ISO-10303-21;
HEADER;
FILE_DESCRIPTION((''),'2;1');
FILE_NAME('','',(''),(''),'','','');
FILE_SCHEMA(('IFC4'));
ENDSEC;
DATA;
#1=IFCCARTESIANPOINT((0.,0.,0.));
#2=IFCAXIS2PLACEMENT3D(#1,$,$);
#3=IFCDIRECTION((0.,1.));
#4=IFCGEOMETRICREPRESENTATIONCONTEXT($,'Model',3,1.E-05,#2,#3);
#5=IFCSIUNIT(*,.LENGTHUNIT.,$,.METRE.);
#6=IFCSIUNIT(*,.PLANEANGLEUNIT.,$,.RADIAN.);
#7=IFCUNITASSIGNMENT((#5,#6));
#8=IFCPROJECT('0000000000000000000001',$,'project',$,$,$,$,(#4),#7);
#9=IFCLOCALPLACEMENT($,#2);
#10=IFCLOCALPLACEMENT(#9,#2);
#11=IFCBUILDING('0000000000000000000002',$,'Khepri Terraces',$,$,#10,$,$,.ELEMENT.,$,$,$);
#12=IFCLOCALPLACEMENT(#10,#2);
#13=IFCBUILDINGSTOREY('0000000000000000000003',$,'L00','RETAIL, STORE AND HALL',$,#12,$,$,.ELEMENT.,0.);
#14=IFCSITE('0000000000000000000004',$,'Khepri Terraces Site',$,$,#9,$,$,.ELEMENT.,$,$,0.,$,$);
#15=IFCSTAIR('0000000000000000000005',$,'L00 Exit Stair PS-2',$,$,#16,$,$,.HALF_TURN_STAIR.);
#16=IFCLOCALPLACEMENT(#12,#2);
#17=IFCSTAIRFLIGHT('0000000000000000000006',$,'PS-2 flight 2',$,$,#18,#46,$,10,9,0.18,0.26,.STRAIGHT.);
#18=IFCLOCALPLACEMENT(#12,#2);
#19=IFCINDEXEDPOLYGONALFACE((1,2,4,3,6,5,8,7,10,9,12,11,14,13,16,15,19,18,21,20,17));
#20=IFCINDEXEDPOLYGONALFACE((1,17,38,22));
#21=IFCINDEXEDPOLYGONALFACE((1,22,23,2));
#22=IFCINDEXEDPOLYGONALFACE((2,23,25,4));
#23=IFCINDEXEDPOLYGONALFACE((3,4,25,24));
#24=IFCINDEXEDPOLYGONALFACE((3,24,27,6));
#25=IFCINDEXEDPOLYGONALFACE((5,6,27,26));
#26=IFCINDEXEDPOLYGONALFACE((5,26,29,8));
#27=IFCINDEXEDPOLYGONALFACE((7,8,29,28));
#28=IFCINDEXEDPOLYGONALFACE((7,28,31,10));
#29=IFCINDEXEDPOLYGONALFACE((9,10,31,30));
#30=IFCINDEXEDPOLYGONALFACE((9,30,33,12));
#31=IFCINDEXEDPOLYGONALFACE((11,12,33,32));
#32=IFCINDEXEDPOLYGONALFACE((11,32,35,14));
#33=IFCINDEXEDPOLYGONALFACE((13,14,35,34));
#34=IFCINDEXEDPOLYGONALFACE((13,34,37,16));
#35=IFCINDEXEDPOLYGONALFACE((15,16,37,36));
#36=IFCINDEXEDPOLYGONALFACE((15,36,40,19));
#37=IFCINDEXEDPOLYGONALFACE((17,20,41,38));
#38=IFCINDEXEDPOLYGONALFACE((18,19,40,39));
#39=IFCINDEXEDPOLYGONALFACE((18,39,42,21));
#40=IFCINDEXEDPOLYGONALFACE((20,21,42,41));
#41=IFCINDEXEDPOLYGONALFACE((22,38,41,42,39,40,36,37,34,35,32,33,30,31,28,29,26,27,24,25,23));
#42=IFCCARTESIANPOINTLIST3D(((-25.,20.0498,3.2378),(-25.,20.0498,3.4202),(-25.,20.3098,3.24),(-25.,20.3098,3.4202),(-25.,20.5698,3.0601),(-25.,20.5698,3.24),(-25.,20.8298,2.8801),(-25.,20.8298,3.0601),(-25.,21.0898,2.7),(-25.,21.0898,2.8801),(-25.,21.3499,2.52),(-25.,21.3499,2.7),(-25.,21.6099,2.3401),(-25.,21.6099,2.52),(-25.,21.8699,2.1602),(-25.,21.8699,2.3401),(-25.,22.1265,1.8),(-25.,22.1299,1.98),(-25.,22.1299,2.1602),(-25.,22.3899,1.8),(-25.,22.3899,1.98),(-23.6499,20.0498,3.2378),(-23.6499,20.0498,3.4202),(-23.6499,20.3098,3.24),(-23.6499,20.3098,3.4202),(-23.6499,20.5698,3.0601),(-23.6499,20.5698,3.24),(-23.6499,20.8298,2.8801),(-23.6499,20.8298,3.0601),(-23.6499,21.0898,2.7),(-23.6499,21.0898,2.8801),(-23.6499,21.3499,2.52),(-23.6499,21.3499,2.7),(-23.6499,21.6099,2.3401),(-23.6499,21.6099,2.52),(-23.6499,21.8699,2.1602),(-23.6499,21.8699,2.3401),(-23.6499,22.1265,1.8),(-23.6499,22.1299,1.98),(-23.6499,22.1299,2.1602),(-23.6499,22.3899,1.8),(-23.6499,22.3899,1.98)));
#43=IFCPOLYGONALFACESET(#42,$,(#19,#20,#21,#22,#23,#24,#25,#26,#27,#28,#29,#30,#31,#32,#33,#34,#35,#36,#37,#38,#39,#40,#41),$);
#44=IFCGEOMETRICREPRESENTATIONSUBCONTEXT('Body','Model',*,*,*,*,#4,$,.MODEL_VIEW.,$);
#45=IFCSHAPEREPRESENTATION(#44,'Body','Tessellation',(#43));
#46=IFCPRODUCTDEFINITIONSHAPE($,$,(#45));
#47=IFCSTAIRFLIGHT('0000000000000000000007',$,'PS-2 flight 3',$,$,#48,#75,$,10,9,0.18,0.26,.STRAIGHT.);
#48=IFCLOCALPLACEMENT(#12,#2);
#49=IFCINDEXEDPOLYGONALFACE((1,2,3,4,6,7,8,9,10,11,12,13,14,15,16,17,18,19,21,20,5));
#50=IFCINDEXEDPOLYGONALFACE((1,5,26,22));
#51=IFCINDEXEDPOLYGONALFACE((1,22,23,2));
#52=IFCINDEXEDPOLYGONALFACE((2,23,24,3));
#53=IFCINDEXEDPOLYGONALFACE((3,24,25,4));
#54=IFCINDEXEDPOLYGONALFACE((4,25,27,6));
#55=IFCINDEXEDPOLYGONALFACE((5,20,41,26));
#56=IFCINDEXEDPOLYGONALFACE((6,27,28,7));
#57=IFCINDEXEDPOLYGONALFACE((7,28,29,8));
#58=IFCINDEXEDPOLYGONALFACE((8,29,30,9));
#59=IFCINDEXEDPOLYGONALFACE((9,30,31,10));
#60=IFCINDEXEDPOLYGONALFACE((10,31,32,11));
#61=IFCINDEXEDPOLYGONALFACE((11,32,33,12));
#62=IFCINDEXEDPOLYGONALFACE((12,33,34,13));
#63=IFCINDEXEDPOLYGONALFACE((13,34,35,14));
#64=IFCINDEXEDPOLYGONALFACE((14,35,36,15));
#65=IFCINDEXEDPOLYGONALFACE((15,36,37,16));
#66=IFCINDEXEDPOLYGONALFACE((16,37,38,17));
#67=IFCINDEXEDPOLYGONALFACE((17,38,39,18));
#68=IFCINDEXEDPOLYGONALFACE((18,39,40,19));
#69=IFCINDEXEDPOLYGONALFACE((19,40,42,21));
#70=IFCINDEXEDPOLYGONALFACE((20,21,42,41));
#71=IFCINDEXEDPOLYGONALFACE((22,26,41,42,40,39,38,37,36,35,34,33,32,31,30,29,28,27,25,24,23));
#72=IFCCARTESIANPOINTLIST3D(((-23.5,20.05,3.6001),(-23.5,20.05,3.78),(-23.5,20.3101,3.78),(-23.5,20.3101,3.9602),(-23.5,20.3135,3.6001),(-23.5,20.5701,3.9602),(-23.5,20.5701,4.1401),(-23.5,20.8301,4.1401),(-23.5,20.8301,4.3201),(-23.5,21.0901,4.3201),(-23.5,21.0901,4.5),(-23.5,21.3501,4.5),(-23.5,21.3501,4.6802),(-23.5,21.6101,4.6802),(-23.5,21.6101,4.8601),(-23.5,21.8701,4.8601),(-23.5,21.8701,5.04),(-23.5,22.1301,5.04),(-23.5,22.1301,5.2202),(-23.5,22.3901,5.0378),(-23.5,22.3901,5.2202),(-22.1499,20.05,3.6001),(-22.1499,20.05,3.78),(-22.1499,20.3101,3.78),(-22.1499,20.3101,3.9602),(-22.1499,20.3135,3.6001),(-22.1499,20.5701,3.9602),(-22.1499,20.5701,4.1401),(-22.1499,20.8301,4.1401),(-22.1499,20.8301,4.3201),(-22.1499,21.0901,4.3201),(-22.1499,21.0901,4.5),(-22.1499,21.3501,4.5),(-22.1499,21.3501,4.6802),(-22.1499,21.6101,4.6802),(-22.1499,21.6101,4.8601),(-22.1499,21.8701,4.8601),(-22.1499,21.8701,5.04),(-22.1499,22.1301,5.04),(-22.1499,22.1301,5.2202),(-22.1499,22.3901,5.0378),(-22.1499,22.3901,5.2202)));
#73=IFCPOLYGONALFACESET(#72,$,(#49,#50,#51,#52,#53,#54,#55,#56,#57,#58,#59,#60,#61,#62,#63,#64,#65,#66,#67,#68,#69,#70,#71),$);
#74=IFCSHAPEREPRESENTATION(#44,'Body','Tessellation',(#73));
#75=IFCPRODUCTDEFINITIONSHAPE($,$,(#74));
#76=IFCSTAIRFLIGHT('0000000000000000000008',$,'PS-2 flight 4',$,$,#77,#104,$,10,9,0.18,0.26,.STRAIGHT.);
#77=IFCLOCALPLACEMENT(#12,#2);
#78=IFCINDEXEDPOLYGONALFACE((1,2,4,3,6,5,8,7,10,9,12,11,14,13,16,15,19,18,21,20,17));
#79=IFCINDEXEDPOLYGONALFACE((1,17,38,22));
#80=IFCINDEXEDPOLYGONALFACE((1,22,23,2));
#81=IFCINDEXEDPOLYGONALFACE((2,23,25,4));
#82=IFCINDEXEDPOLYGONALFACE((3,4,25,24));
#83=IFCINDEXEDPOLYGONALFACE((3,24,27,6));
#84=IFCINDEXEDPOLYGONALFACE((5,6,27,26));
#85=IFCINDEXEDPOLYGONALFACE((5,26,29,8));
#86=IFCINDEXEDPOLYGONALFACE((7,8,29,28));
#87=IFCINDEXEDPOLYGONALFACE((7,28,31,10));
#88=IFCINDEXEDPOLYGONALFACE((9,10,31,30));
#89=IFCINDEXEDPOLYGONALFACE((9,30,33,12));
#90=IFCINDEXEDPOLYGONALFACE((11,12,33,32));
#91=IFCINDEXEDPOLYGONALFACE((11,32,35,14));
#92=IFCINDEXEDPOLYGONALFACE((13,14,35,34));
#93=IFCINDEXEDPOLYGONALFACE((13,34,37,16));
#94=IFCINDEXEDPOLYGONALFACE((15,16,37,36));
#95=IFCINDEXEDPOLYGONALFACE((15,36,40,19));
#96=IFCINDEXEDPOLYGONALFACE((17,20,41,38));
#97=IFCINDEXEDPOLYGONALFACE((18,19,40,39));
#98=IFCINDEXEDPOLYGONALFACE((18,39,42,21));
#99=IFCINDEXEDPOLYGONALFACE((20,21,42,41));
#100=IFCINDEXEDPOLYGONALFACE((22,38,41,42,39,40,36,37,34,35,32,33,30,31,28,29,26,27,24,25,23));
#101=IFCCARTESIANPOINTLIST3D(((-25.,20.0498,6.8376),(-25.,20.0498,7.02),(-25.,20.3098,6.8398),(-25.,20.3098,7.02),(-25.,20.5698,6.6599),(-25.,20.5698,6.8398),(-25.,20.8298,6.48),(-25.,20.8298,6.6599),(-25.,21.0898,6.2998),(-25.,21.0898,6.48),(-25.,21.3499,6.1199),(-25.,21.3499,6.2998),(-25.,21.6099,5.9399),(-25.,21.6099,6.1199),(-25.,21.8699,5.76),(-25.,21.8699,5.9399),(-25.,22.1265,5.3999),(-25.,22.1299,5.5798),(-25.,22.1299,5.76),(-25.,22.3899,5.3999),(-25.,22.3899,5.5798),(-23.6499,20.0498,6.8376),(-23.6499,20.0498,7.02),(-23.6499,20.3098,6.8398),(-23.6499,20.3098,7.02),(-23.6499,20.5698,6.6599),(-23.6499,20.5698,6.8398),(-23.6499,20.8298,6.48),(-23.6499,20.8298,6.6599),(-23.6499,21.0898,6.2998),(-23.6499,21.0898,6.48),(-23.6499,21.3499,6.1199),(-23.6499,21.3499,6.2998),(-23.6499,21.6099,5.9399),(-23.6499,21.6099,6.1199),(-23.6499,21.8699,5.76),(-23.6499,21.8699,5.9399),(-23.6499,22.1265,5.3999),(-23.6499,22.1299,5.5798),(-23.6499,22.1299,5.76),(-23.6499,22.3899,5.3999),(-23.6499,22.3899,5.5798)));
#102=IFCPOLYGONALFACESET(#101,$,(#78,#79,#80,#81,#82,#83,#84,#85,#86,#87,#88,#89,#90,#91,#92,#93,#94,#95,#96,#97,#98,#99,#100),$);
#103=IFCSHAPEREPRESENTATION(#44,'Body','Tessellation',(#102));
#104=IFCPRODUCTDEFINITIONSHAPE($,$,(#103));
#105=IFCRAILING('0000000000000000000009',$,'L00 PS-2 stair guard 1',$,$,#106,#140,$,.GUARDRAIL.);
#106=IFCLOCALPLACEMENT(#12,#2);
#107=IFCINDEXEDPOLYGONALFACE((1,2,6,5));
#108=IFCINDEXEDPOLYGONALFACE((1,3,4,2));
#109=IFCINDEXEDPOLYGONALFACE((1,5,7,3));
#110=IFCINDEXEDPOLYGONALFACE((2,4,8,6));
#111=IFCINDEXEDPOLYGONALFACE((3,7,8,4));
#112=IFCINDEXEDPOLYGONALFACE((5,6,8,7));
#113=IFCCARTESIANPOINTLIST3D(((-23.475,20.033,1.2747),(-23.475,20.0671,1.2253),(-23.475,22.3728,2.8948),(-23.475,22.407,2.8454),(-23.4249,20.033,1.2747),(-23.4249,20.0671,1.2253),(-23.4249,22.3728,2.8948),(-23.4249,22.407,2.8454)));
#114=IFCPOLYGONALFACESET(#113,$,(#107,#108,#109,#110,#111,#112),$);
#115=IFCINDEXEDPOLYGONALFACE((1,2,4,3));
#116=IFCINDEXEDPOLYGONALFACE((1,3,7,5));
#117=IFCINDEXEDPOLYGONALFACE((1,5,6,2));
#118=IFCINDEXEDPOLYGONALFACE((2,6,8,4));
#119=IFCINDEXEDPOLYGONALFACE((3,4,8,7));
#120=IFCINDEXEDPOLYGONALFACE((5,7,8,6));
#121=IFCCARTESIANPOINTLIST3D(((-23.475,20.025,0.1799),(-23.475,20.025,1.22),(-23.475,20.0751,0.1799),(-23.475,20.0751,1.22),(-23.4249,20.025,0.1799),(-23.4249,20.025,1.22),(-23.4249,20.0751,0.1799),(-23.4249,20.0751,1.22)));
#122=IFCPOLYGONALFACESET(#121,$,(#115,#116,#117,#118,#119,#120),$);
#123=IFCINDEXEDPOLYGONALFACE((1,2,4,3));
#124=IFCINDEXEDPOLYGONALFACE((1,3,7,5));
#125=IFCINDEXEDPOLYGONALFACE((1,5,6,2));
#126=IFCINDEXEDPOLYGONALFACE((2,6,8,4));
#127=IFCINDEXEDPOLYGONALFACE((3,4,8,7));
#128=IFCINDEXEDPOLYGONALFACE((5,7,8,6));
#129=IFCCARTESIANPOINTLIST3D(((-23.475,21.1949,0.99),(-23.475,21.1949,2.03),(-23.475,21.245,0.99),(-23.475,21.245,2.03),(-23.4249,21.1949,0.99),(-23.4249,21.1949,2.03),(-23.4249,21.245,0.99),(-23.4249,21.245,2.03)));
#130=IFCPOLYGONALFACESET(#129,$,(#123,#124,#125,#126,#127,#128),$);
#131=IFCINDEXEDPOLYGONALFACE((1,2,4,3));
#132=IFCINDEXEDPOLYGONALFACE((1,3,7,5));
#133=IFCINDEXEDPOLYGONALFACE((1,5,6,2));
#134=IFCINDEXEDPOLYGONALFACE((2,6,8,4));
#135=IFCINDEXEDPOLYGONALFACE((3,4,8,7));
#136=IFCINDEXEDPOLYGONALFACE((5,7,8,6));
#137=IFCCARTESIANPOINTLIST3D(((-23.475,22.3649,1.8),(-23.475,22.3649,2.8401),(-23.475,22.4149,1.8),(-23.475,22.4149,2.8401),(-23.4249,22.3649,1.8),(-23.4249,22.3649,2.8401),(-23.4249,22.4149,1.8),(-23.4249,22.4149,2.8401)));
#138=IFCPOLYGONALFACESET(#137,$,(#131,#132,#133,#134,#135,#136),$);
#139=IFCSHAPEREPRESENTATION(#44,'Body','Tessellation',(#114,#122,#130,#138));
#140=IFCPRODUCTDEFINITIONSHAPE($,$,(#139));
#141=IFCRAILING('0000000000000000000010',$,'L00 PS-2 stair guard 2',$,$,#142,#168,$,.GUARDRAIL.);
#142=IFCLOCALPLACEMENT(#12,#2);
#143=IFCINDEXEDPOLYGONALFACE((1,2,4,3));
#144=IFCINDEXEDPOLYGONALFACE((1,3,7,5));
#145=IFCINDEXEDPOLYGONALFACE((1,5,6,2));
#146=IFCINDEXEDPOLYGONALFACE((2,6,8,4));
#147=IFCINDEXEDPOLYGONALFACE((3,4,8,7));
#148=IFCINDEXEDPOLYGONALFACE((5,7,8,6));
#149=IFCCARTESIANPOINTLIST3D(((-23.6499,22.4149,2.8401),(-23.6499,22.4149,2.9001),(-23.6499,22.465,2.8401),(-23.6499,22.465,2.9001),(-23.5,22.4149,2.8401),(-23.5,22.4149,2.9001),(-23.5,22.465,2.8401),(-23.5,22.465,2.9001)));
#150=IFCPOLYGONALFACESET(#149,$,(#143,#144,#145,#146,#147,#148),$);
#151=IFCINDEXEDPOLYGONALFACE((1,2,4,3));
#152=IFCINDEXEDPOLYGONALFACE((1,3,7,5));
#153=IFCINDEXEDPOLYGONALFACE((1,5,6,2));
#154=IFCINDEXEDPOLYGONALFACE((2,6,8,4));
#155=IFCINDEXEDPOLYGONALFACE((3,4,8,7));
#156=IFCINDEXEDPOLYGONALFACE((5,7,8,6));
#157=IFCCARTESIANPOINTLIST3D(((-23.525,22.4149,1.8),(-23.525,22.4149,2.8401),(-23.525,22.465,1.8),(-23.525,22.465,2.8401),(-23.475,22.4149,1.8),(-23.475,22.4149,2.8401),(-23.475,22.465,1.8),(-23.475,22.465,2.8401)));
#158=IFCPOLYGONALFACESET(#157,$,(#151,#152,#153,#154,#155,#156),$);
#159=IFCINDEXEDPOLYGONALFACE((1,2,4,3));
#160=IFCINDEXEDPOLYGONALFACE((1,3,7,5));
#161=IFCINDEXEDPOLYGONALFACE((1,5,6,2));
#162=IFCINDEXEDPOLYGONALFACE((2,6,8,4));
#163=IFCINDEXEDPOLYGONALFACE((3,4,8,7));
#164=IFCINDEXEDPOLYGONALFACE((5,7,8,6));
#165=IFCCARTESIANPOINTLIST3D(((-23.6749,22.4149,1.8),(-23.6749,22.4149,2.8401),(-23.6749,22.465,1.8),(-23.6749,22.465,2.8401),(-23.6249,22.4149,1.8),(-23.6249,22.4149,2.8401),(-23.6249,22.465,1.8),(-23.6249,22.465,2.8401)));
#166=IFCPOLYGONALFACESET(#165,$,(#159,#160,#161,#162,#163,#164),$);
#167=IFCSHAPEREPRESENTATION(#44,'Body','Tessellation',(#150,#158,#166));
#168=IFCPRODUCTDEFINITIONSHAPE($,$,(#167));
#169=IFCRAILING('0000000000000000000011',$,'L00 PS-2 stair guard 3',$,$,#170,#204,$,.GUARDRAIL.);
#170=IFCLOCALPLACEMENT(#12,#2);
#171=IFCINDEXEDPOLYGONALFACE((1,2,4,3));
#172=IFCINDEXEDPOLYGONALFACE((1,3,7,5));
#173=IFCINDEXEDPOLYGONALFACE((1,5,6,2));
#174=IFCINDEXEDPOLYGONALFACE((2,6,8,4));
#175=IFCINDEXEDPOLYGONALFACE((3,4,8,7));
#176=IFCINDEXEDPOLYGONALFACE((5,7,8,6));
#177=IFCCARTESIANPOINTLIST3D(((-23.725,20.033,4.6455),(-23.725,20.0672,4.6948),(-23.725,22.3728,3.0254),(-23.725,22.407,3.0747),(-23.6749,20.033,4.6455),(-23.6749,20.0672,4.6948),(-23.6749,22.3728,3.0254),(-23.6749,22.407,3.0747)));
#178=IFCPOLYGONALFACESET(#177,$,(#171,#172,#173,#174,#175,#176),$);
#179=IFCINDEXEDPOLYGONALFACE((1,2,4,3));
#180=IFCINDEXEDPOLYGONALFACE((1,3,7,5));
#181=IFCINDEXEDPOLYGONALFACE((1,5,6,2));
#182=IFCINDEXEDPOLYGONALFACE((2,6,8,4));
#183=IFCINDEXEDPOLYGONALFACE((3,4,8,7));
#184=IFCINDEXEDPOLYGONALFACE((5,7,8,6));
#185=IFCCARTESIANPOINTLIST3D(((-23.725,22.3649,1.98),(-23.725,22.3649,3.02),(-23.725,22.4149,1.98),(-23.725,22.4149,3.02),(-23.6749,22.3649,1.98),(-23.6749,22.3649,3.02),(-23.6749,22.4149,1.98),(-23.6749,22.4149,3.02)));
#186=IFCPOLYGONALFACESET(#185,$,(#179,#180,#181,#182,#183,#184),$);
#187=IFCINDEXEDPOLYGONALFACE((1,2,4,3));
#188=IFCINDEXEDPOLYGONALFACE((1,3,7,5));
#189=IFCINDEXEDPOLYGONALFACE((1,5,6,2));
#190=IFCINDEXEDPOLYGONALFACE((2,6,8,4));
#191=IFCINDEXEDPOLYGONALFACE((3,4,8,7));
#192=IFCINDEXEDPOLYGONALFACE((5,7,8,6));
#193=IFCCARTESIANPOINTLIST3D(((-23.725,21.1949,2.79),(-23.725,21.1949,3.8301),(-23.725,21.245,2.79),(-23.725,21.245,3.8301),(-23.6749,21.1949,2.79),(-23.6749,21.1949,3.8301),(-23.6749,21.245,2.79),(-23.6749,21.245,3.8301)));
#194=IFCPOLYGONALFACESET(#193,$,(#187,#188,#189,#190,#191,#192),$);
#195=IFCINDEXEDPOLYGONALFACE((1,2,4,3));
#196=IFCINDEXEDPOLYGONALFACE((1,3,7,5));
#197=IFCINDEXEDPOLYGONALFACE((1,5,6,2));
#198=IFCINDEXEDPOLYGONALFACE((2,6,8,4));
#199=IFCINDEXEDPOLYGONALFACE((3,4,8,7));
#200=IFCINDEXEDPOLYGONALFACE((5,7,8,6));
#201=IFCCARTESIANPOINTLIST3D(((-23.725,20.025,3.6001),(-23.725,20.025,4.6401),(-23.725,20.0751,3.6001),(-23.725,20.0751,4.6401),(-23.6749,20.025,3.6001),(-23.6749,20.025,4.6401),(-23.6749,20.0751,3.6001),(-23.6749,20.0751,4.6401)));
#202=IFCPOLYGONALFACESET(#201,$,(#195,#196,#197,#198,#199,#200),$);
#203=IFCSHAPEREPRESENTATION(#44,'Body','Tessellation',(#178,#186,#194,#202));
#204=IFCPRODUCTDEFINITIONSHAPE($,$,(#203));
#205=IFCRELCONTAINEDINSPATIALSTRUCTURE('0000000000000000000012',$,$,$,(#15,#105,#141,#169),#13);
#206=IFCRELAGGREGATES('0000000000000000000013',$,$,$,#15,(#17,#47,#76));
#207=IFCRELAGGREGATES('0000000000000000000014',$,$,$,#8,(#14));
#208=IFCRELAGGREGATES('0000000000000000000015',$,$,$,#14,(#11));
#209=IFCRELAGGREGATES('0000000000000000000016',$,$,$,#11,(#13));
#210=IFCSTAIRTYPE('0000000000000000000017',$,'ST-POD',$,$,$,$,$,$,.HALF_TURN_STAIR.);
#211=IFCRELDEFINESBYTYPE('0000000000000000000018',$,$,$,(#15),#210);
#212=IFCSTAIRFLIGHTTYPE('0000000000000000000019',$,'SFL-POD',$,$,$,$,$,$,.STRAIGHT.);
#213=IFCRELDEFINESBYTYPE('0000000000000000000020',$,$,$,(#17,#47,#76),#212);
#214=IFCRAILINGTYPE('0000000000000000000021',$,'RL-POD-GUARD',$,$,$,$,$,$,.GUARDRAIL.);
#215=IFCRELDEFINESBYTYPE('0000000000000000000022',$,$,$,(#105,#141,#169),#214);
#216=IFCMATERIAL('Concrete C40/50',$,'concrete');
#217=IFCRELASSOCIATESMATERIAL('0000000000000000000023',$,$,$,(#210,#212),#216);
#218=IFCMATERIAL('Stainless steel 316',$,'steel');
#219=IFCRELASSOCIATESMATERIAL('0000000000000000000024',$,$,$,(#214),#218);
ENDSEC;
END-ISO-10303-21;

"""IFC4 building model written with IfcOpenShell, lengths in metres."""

from ifc_helpers import new_model, si_unit, direction, frame, origin, origin_2d, place, context, subcontext, project, spatial, polyline, rectangle, outline, extrude, material, type_object, element, aggregate, save


model = new_model("IFC4")

# Units and contexts
model_context = context("Model", 3, precision=1e-05, world=origin(), true_north=direction((0.0, 1.0)))
body_context = subcontext(model_context, "Body", "Model", "MODEL_VIEW")
ifc_project = project(units=[si_unit("LENGTHUNIT", "METRE"), si_unit("PLANEANGLEUNIT", "RADIAN")], contexts=[model_context])

# Site, building, storey
site_placement = place(None, origin())
site = spatial("IfcSite", under=ifc_project, at=site_placement, Name="Khepri Terraces Site", CompositionType="ELEMENT", RefElevation=0.0)
building_placement = place(site_placement, origin())
building = spatial("IfcBuilding", under=site, at=building_placement, Name="Khepri Terraces", CompositionType="ELEMENT")
storey_placement = place(building_placement, origin())
storey = spatial("IfcBuildingStorey", under=building, at=storey_placement, Name="L00", Description="RETAIL, STORE AND HALL", CompositionType="ELEMENT", Elevation=0.0)

# Shared definitions
ifc_material_1 = material(Name="Concrete C40/50", Category="concrete")

# Stair, stair flights
stair_type = type_object("IfcStairType", Name="ST-POD", PredefinedType="HALF_TURN_STAIR", material=ifc_material_1)
stair_placement = place(storey_placement, origin())
stair = element("IfcStair", 1, at=stair_placement, inside=storey, type_object=stair_type, Name="L00 Exit Stair PS-2", PredefinedType="HALF_TURN_STAIR")
stair_flight_type = type_object("IfcStairFlightType", Name="SFL-POD", PredefinedType="STRAIGHT", material=ifc_material_1)
stair_flight_1_placement = place(storey_placement, frame((-24.325, 22.3899, 1.8), z_axis=(0.0, 0.0, 1.0), x_axis=(0.0, -1.0, 0.0)))
stair_flight_1 = element("IfcStairFlight", 2, at=stair_flight_1_placement, type_object=stair_flight_type, Name="PS-2 flight 2", NumberOfRisers=10, NumberOfTreads=9, PredefinedType="STRAIGHT", RiserHeight=0.18, TreadLength=0.26, context=body_context, shape_type="SweptSolid", body=[
    extrude(outline(polyline([(0.0, 0.0), (0.0, 0.1799), (0.26, 0.1799), (0.26, 0.3601), (0.52, 0.3601), (0.52, 0.54), (0.78, 0.54), (0.78, 0.72), (1.04, 0.72), (1.04, 0.8999), (1.3, 0.8999), (1.3, 1.0801), (1.5601, 1.0801), (1.5601, 1.26), (1.8201, 1.26), (1.8201, 1.4399), (2.0801, 1.4399), (2.0801, 1.6201), (2.3401, 1.6201), (2.3401, 1.8), (2.3401, 1.4377), (0.2634, 0.0), (0.0, 0.0)])), frame((0.0, 0.675, 0.0), z_axis=(0.0, -1.0, 0.0), x_axis=(1.0, 0.0, 0.0)), (0.0, 0.0, 1.0), 1.3501),
])
stair_flight_2_placement = place(storey_placement, frame((-22.825, 20.05, 3.6001), z_axis=(0.0, 0.0, 1.0), x_axis=(0.0, 1.0, 0.0)))
stair_flight_2 = element("IfcStairFlight", 3, at=stair_flight_2_placement, type_object=stair_flight_type, Name="PS-2 flight 3", NumberOfRisers=10, NumberOfTreads=9, PredefinedType="STRAIGHT", RiserHeight=0.18, TreadLength=0.26, context=body_context, shape_type="SweptSolid", body=[
    extrude(outline(polyline([(0.0, 0.0), (0.0, 0.1799), (0.26, 0.1799), (0.26, 0.3601), (0.52, 0.3601), (0.52, 0.54), (0.78, 0.54), (0.78, 0.72), (1.04, 0.72), (1.04, 0.8999), (1.3, 0.8999), (1.3, 1.0801), (1.5601, 1.0801), (1.5601, 1.26), (1.8201, 1.26), (1.8201, 1.4399), (2.0801, 1.4399), (2.0801, 1.6201), (2.3401, 1.6201), (2.3401, 1.8), (2.3401, 1.4377), (0.2634, 0.0), (0.0, 0.0)])), frame((0.0, 0.675, 0.0), z_axis=(0.0, -1.0, 0.0), x_axis=(1.0, 0.0, 0.0)), (0.0, 0.0, 1.0), 1.3501),
])
stair_flight_3_placement = place(storey_placement, frame((-24.325, 22.3899, 5.3999), z_axis=(0.0, 0.0, 1.0), x_axis=(0.0, -1.0, 0.0)))
stair_flight_3 = element("IfcStairFlight", 4, at=stair_flight_3_placement, type_object=stair_flight_type, Name="PS-2 flight 4", NumberOfRisers=10, NumberOfTreads=9, PredefinedType="STRAIGHT", RiserHeight=0.18, TreadLength=0.26, context=body_context, shape_type="SweptSolid", body=[
    extrude(outline(polyline([(0.0, 0.0), (0.0, 0.1799), (0.26, 0.1799), (0.26, 0.3601), (0.52, 0.3601), (0.52, 0.54), (0.78, 0.54), (0.78, 0.72), (1.04, 0.72), (1.04, 0.8999), (1.3, 0.8999), (1.3, 1.0801), (1.5601, 1.0801), (1.5601, 1.26), (1.8201, 1.26), (1.8201, 1.4399), (2.0801, 1.4399), (2.0801, 1.6201), (2.3401, 1.6201), (2.3401, 1.8), (2.3401, 1.4377), (0.2634, 0.0), (0.0, 0.0)])), frame((0.0, 0.675, 0.0), z_axis=(0.0, -1.0, 0.0), x_axis=(1.0, 0.0, 0.0)), (0.0, 0.0, 1.0), 1.3501),
])
aggregate(stair, [stair_flight_1, stair_flight_2, stair_flight_3])

# Railings
ifc_material_2 = material(Name="Stainless steel 316", Category="steel")
railing_type_1 = type_object("IfcRailingType", Name="RL-POD-GUARD", PredefinedType="GUARDRAIL", material=ifc_material_2)
railing_1_placement = place(storey_placement, frame((-23.45, 20.05, 0.1799)))
element("IfcRailing", 5, at=railing_1_placement, inside=storey, type_object=railing_type_1, Name="L00 PS-2 stair guard 1", PredefinedType="GUARDRAIL", context=body_context, shape_type="SweptSolid", body=[
    extrude(rectangle(XDim=0.05, YDim=0.0601, at=origin_2d()), frame((0.0, 0.0, 1.0701), z_axis=(0.0, 0.822155, 0.569264), x_axis=(-1.0, 0.0, 0.0)), (0.0, 0.0, 1.0), 2.8459),
    extrude(rectangle(XDim=0.05, YDim=0.05, at=origin_2d()), origin(), (0.0, 0.0, 1.0), 1.04),
    extrude(rectangle(XDim=0.05, YDim=0.05, at=origin_2d()), frame((0.0, 1.1699, 0.8101)), (0.0, 0.0, 1.0), 1.04),
    extrude(rectangle(XDim=0.05, YDim=0.05, at=origin_2d()), frame((0.0, 2.3398, 1.6201)), (0.0, 0.0, 1.0), 1.04),
])
railing_2_placement = place(storey_placement, frame((-23.5, 22.4399, 1.8)))
element("IfcRailing", 6, at=railing_2_placement, inside=storey, type_object=railing_type_1, Name="L00 PS-2 stair guard 2", PredefinedType="GUARDRAIL", context=body_context, shape_type="SweptSolid", body=[
    extrude(rectangle(XDim=0.05, YDim=0.0601, at=origin_2d()), frame((0.0, 0.0, 1.0701), z_axis=(-1.0, 0.0, 0.0), x_axis=(0.0, -1.0, 0.0)), (0.0, 0.0, 1.0), 0.1499),
    extrude(rectangle(XDim=0.05, YDim=0.05, at=origin_2d()), origin(), (0.0, 0.0, 1.0), 1.04),
    extrude(rectangle(XDim=0.05, YDim=0.05, at=origin_2d()), frame((-0.1499, 0.0, 0.0)), (0.0, 0.0, 1.0), 1.04),
])
railing_3_placement = place(storey_placement, frame((-23.7, 22.3899, 1.98)))
element("IfcRailing", 7, at=railing_3_placement, inside=storey, type_object=railing_type_1, Name="L00 PS-2 stair guard 3", PredefinedType="GUARDRAIL", context=body_context, shape_type="SweptSolid", body=[
    extrude(rectangle(XDim=0.05, YDim=0.0601, at=origin_2d()), frame((0.0, 0.0, 1.0701), z_axis=(0.0, -0.822155, 0.569264), x_axis=(1.0, 0.0, 0.0)), (0.0, 0.0, 1.0), 2.8459),
    extrude(rectangle(XDim=0.05, YDim=0.05, at=origin_2d()), origin(), (0.0, 0.0, 1.0), 1.04),
    extrude(rectangle(XDim=0.05, YDim=0.05, at=origin_2d()), frame((0.0, -1.1699, 0.8101)), (0.0, 0.0, 1.0), 1.04),
    extrude(rectangle(XDim=0.05, YDim=0.05, at=origin_2d()), frame((0.0, -2.3398, 1.6201)), (0.0, 0.0, 1.0), 1.04),
])

save(model, "model.ifc")
